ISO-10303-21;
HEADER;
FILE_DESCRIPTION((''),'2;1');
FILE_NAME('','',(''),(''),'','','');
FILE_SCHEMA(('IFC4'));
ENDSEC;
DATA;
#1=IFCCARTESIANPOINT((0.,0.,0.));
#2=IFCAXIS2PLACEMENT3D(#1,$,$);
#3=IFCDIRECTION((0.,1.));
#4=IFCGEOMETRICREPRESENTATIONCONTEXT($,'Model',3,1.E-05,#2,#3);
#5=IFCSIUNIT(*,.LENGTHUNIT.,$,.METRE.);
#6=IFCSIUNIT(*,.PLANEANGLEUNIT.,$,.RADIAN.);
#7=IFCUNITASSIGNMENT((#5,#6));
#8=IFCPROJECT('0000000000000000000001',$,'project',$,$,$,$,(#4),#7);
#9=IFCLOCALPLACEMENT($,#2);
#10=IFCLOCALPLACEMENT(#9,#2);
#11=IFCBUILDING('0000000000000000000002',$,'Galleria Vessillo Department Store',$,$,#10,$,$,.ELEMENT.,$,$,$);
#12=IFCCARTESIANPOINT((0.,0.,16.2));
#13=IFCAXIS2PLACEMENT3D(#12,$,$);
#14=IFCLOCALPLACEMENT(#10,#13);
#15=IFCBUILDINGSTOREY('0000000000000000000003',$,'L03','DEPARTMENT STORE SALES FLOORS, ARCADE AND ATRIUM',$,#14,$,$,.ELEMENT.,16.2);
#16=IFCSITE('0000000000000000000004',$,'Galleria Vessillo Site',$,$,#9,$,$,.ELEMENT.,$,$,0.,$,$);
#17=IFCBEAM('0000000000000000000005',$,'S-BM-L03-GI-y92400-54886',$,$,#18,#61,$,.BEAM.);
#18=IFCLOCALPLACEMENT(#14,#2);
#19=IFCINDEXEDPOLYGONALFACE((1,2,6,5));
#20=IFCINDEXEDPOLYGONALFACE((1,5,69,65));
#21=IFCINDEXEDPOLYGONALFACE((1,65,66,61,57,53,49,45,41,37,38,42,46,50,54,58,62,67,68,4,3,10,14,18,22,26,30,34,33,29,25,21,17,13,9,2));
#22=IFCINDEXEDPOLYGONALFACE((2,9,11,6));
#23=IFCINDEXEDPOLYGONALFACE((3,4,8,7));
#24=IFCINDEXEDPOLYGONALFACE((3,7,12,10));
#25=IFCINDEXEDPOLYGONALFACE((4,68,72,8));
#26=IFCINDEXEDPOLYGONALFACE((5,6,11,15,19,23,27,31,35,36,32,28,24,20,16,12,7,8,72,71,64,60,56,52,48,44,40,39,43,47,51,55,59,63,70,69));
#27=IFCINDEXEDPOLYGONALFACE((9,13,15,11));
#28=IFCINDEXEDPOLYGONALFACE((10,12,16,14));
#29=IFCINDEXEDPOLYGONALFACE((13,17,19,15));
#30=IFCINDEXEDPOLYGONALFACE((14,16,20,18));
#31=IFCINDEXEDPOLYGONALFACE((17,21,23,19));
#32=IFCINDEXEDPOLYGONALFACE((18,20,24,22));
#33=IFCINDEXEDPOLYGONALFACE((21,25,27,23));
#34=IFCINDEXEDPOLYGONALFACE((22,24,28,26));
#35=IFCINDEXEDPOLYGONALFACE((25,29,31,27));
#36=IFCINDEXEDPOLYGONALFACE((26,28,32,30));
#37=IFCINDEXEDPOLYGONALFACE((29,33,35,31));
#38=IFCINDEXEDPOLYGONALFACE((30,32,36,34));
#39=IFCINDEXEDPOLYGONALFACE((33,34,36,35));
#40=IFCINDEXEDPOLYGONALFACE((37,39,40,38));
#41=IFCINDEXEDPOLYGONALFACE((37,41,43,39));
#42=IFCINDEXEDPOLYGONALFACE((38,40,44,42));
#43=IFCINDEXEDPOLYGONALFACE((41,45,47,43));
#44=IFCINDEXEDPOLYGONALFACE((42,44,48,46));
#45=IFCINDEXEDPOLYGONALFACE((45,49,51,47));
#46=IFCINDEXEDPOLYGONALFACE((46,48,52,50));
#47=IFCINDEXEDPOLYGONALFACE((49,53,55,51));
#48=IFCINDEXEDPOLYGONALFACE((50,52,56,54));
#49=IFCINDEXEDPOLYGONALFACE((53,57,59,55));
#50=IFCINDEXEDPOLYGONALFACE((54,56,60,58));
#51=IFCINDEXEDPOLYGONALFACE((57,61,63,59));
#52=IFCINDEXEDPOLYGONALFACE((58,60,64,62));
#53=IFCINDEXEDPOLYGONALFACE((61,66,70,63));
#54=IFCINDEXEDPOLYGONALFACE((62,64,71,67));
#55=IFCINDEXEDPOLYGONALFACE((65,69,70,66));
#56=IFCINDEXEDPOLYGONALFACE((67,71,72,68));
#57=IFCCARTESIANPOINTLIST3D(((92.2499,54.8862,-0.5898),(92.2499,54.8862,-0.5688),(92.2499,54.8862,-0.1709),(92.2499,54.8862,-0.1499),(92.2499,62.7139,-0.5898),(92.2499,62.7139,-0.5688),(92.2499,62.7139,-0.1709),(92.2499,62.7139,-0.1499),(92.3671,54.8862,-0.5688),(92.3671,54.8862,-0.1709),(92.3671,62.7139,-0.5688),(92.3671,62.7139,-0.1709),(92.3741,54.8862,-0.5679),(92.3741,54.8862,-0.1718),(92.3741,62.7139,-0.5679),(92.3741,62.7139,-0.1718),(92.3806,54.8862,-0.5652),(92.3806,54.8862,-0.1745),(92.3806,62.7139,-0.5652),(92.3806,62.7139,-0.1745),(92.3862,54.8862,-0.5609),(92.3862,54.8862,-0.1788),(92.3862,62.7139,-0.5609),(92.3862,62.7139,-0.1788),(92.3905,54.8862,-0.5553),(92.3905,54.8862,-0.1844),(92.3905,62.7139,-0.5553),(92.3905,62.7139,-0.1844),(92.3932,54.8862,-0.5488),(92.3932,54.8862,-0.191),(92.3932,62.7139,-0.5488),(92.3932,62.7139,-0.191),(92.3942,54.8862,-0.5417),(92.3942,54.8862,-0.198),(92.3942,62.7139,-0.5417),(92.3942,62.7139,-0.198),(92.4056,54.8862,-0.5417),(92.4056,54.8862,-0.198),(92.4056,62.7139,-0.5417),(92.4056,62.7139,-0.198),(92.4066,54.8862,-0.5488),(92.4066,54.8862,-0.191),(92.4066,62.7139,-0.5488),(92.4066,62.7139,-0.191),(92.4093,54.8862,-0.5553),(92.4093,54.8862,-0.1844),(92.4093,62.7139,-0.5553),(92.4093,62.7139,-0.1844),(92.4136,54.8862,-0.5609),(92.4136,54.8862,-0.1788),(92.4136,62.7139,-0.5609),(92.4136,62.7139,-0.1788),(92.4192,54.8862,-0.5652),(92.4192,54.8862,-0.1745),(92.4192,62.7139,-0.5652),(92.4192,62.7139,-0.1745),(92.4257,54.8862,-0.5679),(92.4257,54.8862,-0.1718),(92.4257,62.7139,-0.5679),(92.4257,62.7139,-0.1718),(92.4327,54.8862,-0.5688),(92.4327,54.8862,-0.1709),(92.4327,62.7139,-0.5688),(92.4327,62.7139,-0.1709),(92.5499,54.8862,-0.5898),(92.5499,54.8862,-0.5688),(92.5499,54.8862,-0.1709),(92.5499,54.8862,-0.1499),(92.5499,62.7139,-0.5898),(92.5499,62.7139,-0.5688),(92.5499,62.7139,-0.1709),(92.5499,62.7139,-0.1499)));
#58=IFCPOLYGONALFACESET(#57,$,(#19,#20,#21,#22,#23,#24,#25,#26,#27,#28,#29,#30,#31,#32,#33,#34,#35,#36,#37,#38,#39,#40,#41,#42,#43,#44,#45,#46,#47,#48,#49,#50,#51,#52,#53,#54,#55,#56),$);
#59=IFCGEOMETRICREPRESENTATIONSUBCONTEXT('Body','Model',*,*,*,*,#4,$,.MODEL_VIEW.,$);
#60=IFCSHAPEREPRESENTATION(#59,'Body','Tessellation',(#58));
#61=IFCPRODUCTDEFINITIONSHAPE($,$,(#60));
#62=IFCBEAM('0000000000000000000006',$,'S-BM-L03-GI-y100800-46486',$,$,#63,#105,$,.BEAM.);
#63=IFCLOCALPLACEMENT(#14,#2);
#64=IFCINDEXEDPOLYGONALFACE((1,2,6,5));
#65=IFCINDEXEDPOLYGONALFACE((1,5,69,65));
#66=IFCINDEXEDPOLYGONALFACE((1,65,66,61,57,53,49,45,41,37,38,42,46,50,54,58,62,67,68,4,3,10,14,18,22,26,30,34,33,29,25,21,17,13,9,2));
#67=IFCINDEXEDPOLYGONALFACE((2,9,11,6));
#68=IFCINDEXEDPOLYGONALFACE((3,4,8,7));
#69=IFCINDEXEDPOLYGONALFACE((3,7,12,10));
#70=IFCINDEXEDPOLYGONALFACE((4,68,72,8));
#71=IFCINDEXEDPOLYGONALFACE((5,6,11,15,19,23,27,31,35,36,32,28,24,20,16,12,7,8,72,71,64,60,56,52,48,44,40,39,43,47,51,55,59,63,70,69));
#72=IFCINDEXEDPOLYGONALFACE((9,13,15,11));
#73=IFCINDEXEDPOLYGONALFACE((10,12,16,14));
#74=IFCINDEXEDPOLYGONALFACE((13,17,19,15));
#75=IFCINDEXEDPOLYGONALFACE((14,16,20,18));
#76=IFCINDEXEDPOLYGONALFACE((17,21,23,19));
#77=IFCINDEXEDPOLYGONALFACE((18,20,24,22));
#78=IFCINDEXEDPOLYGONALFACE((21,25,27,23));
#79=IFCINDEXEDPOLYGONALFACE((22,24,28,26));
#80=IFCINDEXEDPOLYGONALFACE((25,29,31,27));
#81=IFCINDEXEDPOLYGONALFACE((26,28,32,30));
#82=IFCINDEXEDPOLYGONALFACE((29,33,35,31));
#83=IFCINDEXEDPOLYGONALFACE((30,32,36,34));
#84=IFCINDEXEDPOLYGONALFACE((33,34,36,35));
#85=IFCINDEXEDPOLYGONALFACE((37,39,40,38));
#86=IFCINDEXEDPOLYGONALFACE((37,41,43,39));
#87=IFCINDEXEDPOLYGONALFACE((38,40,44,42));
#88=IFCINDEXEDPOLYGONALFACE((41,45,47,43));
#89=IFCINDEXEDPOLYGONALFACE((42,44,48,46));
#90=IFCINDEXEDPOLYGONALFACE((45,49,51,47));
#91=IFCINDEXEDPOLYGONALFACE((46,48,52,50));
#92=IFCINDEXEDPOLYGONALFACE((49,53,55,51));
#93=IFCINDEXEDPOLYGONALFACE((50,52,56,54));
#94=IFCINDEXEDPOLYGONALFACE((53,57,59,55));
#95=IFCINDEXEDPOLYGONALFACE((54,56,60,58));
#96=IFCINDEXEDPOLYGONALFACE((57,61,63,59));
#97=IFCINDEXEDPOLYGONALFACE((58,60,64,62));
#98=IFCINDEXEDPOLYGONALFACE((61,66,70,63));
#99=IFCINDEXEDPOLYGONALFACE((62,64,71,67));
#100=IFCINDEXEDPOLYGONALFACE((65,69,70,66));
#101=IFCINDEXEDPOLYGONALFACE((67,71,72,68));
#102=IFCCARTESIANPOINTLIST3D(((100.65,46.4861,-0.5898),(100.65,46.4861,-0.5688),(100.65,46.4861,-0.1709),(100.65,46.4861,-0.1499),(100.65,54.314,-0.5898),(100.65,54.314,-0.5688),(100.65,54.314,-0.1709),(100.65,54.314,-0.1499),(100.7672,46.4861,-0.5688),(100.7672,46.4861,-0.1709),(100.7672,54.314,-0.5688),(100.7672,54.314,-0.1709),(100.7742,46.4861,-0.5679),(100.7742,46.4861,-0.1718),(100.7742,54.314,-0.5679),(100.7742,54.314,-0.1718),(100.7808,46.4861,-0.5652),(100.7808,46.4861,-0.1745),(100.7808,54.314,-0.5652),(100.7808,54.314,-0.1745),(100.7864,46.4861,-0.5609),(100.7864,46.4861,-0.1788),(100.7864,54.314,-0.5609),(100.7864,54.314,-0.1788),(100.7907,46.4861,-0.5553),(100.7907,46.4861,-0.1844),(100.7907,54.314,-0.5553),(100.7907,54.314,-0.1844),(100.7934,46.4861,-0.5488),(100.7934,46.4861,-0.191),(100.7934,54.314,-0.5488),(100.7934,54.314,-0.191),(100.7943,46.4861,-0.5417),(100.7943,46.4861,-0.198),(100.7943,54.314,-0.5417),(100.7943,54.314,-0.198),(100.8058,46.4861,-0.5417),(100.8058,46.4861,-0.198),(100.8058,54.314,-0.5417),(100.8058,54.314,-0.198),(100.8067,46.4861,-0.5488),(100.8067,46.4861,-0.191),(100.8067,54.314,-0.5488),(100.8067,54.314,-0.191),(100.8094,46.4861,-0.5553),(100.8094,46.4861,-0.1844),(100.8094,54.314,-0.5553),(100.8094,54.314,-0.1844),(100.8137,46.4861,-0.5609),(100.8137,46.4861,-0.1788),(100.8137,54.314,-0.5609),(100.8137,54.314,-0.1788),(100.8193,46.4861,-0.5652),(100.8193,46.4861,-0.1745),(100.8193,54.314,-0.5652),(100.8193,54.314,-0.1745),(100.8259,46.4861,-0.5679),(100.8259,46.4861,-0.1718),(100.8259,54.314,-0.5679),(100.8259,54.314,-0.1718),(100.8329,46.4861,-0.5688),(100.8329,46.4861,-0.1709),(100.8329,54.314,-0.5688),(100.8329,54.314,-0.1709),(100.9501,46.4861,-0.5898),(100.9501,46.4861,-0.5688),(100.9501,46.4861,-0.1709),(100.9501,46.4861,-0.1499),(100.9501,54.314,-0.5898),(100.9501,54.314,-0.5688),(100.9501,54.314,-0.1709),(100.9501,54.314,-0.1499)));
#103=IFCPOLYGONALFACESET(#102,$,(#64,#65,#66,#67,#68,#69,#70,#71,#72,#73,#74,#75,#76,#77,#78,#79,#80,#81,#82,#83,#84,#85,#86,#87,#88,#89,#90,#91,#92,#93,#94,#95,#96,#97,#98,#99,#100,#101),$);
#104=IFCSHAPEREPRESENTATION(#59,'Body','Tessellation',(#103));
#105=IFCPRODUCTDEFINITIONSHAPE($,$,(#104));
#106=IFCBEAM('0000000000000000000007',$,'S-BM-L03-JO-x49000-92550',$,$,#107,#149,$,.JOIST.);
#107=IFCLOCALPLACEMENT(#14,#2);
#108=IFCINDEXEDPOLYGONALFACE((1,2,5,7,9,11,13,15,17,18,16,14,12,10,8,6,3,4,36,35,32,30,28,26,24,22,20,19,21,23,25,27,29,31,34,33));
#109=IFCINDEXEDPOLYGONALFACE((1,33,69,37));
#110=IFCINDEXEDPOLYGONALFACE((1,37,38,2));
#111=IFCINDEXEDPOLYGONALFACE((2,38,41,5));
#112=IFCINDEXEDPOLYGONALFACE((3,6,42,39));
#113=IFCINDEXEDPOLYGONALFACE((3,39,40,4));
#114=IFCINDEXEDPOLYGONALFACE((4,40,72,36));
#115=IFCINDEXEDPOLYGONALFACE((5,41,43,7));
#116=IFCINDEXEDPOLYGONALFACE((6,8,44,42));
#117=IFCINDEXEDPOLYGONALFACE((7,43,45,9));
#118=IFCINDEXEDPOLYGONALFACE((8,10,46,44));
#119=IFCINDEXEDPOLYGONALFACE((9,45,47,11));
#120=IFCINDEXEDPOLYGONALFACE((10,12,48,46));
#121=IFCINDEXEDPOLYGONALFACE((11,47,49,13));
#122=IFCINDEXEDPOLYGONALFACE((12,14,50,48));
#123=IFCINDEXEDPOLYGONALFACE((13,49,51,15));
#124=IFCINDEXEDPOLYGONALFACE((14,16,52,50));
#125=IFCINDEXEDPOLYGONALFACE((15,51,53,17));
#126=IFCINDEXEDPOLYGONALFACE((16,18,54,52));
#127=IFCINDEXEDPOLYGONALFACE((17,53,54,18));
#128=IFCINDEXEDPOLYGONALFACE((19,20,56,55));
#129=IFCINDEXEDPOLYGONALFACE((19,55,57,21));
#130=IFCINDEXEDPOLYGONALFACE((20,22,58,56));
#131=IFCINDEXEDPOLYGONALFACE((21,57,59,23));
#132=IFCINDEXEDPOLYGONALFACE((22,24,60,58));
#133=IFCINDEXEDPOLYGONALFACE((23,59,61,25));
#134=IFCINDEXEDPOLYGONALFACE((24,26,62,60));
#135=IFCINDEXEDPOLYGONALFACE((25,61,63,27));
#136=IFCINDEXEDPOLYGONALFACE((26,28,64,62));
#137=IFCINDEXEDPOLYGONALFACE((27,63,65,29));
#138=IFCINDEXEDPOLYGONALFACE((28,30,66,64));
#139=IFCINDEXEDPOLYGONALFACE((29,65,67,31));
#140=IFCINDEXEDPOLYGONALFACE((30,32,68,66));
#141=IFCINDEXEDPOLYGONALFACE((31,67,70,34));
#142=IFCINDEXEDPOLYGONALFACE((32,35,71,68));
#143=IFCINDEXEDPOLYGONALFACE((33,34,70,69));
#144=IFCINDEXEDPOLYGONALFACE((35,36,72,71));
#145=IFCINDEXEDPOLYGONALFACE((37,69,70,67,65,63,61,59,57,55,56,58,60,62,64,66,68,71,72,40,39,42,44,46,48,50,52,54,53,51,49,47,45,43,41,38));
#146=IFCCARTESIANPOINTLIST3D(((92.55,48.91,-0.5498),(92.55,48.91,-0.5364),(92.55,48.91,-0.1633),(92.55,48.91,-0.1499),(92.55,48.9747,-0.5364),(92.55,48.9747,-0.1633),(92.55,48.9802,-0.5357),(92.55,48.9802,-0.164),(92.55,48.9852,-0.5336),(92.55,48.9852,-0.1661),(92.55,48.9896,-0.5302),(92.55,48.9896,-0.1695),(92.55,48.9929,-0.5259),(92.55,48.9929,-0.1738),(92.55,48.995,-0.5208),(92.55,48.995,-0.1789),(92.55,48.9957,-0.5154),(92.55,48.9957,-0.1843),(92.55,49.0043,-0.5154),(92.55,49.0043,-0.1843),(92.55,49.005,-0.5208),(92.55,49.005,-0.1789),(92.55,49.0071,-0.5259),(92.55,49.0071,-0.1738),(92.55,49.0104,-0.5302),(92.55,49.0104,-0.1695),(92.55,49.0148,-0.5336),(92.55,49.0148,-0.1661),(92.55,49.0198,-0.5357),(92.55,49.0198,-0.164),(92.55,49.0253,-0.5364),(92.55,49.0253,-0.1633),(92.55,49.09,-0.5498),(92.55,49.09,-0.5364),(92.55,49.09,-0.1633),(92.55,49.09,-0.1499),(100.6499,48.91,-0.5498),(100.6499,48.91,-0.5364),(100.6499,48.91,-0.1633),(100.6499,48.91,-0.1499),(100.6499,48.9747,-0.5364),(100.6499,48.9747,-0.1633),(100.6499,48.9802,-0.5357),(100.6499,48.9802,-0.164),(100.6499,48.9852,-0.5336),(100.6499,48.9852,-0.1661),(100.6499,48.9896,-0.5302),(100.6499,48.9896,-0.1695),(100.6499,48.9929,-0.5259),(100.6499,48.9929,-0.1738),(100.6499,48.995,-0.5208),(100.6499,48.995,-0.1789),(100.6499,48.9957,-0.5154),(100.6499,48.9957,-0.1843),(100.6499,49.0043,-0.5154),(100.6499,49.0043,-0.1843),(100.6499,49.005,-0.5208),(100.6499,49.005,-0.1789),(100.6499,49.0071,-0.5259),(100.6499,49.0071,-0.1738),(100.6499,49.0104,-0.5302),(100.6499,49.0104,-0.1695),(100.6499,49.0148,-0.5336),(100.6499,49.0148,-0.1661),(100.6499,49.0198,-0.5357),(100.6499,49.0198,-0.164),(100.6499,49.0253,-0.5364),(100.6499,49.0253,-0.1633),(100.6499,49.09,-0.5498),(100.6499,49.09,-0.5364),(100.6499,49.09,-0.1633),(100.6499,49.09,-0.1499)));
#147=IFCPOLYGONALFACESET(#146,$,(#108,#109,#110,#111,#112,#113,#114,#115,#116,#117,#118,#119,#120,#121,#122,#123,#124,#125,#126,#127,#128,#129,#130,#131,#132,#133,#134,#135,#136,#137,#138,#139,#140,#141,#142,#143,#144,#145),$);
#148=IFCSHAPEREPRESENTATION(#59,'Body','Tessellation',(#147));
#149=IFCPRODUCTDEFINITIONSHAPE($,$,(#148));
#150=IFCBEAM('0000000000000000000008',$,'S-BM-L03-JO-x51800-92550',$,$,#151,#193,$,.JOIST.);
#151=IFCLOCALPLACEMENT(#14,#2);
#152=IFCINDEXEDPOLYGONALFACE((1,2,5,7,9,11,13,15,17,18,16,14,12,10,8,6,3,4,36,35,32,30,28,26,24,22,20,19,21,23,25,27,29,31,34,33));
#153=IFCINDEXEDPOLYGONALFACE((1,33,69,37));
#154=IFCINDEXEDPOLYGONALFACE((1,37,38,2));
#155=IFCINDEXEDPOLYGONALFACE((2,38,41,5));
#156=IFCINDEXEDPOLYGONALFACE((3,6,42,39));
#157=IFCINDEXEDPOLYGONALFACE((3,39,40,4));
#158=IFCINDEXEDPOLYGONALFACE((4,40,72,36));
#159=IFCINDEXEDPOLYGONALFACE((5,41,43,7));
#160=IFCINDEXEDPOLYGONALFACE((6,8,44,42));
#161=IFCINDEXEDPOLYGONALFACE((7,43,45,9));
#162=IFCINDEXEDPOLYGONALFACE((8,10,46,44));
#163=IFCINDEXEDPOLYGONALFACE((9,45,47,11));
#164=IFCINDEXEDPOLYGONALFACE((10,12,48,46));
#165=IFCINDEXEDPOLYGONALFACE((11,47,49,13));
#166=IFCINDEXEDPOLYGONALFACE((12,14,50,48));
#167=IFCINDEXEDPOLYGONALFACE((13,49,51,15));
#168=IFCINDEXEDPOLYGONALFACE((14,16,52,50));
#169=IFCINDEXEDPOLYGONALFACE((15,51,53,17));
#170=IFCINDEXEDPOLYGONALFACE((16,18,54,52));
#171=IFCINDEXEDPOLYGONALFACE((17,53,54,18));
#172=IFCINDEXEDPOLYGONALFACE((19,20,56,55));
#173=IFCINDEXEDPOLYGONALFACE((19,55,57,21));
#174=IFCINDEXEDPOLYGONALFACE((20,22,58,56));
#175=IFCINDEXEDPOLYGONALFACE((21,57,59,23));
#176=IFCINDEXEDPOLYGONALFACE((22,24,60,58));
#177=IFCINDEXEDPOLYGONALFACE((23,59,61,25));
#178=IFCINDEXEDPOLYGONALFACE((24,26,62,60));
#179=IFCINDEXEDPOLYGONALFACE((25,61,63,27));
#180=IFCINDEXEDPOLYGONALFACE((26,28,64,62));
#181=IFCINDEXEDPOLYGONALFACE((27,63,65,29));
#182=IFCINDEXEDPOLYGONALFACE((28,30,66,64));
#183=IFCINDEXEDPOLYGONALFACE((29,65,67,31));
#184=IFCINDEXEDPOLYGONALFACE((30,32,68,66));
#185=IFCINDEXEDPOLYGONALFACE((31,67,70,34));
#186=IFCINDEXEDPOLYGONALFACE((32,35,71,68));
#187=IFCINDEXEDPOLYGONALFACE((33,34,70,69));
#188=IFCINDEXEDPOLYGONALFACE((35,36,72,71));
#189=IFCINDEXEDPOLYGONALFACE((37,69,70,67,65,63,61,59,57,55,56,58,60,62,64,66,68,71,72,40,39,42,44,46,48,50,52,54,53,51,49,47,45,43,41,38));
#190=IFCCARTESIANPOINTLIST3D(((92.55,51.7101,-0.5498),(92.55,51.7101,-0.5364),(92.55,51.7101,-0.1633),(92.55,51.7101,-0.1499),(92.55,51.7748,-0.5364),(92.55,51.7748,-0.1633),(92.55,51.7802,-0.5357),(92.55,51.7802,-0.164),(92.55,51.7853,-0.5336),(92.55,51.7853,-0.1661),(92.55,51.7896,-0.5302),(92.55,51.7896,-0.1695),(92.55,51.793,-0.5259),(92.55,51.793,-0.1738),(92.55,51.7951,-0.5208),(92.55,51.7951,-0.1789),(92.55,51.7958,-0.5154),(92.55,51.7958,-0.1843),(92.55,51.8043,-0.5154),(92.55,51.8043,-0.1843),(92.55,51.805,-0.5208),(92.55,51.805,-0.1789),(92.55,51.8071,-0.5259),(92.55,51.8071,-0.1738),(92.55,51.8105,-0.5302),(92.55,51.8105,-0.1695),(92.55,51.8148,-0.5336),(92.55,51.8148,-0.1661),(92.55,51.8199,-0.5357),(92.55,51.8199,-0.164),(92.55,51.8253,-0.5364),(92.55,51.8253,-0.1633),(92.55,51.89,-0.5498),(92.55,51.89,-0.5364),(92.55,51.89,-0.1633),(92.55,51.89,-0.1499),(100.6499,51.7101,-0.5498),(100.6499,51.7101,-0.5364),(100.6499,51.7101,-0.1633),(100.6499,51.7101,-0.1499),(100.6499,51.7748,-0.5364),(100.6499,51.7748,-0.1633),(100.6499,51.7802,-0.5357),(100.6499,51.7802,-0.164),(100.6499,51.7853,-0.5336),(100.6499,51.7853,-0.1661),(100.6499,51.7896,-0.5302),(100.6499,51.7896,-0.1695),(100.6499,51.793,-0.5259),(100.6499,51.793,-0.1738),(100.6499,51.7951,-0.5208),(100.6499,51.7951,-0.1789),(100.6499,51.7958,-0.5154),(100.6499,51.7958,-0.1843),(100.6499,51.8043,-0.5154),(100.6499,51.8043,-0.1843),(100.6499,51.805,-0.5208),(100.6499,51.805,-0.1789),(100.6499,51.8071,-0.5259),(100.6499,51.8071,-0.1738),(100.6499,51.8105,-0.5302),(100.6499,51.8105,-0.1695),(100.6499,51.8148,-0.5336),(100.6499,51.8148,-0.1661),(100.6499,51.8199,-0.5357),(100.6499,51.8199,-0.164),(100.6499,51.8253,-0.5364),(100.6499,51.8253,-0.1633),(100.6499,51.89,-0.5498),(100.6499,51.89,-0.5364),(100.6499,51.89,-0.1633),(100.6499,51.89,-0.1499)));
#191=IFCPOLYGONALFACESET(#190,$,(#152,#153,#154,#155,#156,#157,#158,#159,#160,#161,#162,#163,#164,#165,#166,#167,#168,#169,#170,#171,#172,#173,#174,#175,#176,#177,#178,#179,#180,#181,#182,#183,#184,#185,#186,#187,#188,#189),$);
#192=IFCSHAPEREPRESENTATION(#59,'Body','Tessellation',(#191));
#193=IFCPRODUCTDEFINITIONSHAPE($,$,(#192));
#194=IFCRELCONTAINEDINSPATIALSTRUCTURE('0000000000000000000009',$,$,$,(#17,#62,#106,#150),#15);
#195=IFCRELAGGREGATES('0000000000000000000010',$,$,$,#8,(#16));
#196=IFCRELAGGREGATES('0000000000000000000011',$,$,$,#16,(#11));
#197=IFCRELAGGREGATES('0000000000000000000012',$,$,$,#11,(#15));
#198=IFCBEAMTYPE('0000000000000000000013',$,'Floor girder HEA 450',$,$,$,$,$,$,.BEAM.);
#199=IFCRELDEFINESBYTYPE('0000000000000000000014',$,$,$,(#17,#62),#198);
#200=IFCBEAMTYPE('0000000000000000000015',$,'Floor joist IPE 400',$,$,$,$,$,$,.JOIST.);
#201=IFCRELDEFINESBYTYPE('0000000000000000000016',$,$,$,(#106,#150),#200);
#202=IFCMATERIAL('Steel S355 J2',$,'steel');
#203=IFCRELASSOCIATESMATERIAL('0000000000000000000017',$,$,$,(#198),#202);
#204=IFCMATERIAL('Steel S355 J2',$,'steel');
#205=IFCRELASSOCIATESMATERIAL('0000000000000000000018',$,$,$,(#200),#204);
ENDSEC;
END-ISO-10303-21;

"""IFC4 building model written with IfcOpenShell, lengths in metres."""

from ifc_helpers import new_model, si_unit, direction, frame, origin, origin_2d, place, context, subcontext, project, spatial, i_section, extrude, material, material_profile, profile_set, type_object, element, save


model = new_model("IFC4")

# Units and contexts
model_context = context("Model", 3, precision=1e-05, world=origin(), true_north=direction((0.0, 1.0)))
body_context = subcontext(model_context, "Body", "Model", "MODEL_VIEW")
ifc_project = project(units=[si_unit("LENGTHUNIT", "METRE"), si_unit("PLANEANGLEUNIT", "RADIAN")], contexts=[model_context])

# Site, building, storey
site_placement = place(None, origin())
site = spatial("IfcSite", under=ifc_project, at=site_placement, Name="Galleria Vessillo Site", CompositionType="ELEMENT", RefElevation=0.0)
building_placement = place(site_placement, origin())
building = spatial("IfcBuilding", under=site, at=building_placement, Name="Galleria Vessillo Department Store", CompositionType="ELEMENT")
storey_placement = place(building_placement, frame((0.0, 0.0, 16.2)))
storey = spatial("IfcBuildingStorey", under=building, at=storey_placement, Name="L03", Description="DEPARTMENT STORE SALES FLOORS, ARCADE AND ATRIUM", CompositionType="ELEMENT", Elevation=16.2)

# Beams
ifc_material_1 = material(Name="Steel S355 J2", Category="steel")
ifc_material_profile_1 = material_profile(ifc_material_1, i_section(OverallWidth=0.3, OverallDepth=0.4399, WebThickness=0.0115, FlangeThickness=0.021, FilletRadius=0.0271, at=origin_2d()), Name="HEA 450")
ifc_profile_set_1 = profile_set([ifc_material_profile_1], Name="Steel S355 J2")
beam_type_1 = type_object("IfcBeamType", Name="Floor girder HEA 450", PredefinedType="BEAM", material=ifc_profile_set_1)
beam_1_placement = place(storey_placement, frame((92.3999, 54.8862, -0.3699), z_axis=(0.0, 1.0, 0.0), x_axis=(-1.0, 0.0, 0.0)))
element("IfcBeam", 1, at=beam_1_placement, inside=storey, type_object=beam_type_1, Name="S-BM-L03-GI-y92400-54886", PredefinedType="BEAM", context=body_context, shape_type="SweptSolid", body=[
    extrude(i_section(OverallWidth=0.3, OverallDepth=0.4399, WebThickness=0.0115, FlangeThickness=0.021, FilletRadius=0.0271, at=origin_2d()), origin(), (0.0, 0.0, 1.0), 7.8276),
])
beam_2_placement = place(storey_placement, frame((100.8, 46.4861, -0.3699), z_axis=(0.0, 1.0, 0.0), x_axis=(-1.0, 0.0, 0.0)))
element("IfcBeam", 2, at=beam_2_placement, inside=storey, type_object=beam_type_1, Name="S-BM-L03-GI-y100800-46486", PredefinedType="BEAM", context=body_context, shape_type="SweptSolid", body=[
    extrude(i_section(OverallWidth=0.3, OverallDepth=0.4399, WebThickness=0.0115, FlangeThickness=0.021, FilletRadius=0.0271, at=origin_2d()), origin(), (0.0, 0.0, 1.0), 7.8279),
])
ifc_material_2 = material(Name="Steel S355 J2", Category="steel")
ifc_material_profile_2 = material_profile(ifc_material_2, i_section(OverallWidth=0.1799, OverallDepth=0.3999, WebThickness=0.0085, FlangeThickness=0.0134, FilletRadius=0.021, at=origin_2d()), Name="IPE 400")
ifc_profile_set_2 = profile_set([ifc_material_profile_2], Name="Steel S355 J2")
beam_type_2 = type_object("IfcBeamType", Name="Floor joist IPE 400", PredefinedType="JOIST", material=ifc_profile_set_2)
for number, where, z_axis, x_axis, name in (
    (3, (92.55, 49.0, -0.3499), (1.0, 0.0, 0.0), (0.0, 1.0, 0.0), "S-BM-L03-JO-x49000-92550"),
    (4, (92.55, 51.8, -0.3499), (1.0, 0.0, 0.0), (0.0, 1.0, 0.0), "S-BM-L03-JO-x51800-92550"),
):
    element("IfcBeam", number, at=place(storey_placement, frame(where, z_axis=z_axis, x_axis=x_axis)), inside=storey, type_object=beam_type_2, Name=name, PredefinedType="JOIST", context=body_context, shape_type="SweptSolid", body=[
        extrude(i_section(OverallWidth=0.1799, OverallDepth=0.3999, WebThickness=0.0085, FlangeThickness=0.0134, FilletRadius=0.021, at=origin_2d()), origin(), (0.0, 0.0, 1.0), 8.0999),
    ])

save(model, "model.ifc")
